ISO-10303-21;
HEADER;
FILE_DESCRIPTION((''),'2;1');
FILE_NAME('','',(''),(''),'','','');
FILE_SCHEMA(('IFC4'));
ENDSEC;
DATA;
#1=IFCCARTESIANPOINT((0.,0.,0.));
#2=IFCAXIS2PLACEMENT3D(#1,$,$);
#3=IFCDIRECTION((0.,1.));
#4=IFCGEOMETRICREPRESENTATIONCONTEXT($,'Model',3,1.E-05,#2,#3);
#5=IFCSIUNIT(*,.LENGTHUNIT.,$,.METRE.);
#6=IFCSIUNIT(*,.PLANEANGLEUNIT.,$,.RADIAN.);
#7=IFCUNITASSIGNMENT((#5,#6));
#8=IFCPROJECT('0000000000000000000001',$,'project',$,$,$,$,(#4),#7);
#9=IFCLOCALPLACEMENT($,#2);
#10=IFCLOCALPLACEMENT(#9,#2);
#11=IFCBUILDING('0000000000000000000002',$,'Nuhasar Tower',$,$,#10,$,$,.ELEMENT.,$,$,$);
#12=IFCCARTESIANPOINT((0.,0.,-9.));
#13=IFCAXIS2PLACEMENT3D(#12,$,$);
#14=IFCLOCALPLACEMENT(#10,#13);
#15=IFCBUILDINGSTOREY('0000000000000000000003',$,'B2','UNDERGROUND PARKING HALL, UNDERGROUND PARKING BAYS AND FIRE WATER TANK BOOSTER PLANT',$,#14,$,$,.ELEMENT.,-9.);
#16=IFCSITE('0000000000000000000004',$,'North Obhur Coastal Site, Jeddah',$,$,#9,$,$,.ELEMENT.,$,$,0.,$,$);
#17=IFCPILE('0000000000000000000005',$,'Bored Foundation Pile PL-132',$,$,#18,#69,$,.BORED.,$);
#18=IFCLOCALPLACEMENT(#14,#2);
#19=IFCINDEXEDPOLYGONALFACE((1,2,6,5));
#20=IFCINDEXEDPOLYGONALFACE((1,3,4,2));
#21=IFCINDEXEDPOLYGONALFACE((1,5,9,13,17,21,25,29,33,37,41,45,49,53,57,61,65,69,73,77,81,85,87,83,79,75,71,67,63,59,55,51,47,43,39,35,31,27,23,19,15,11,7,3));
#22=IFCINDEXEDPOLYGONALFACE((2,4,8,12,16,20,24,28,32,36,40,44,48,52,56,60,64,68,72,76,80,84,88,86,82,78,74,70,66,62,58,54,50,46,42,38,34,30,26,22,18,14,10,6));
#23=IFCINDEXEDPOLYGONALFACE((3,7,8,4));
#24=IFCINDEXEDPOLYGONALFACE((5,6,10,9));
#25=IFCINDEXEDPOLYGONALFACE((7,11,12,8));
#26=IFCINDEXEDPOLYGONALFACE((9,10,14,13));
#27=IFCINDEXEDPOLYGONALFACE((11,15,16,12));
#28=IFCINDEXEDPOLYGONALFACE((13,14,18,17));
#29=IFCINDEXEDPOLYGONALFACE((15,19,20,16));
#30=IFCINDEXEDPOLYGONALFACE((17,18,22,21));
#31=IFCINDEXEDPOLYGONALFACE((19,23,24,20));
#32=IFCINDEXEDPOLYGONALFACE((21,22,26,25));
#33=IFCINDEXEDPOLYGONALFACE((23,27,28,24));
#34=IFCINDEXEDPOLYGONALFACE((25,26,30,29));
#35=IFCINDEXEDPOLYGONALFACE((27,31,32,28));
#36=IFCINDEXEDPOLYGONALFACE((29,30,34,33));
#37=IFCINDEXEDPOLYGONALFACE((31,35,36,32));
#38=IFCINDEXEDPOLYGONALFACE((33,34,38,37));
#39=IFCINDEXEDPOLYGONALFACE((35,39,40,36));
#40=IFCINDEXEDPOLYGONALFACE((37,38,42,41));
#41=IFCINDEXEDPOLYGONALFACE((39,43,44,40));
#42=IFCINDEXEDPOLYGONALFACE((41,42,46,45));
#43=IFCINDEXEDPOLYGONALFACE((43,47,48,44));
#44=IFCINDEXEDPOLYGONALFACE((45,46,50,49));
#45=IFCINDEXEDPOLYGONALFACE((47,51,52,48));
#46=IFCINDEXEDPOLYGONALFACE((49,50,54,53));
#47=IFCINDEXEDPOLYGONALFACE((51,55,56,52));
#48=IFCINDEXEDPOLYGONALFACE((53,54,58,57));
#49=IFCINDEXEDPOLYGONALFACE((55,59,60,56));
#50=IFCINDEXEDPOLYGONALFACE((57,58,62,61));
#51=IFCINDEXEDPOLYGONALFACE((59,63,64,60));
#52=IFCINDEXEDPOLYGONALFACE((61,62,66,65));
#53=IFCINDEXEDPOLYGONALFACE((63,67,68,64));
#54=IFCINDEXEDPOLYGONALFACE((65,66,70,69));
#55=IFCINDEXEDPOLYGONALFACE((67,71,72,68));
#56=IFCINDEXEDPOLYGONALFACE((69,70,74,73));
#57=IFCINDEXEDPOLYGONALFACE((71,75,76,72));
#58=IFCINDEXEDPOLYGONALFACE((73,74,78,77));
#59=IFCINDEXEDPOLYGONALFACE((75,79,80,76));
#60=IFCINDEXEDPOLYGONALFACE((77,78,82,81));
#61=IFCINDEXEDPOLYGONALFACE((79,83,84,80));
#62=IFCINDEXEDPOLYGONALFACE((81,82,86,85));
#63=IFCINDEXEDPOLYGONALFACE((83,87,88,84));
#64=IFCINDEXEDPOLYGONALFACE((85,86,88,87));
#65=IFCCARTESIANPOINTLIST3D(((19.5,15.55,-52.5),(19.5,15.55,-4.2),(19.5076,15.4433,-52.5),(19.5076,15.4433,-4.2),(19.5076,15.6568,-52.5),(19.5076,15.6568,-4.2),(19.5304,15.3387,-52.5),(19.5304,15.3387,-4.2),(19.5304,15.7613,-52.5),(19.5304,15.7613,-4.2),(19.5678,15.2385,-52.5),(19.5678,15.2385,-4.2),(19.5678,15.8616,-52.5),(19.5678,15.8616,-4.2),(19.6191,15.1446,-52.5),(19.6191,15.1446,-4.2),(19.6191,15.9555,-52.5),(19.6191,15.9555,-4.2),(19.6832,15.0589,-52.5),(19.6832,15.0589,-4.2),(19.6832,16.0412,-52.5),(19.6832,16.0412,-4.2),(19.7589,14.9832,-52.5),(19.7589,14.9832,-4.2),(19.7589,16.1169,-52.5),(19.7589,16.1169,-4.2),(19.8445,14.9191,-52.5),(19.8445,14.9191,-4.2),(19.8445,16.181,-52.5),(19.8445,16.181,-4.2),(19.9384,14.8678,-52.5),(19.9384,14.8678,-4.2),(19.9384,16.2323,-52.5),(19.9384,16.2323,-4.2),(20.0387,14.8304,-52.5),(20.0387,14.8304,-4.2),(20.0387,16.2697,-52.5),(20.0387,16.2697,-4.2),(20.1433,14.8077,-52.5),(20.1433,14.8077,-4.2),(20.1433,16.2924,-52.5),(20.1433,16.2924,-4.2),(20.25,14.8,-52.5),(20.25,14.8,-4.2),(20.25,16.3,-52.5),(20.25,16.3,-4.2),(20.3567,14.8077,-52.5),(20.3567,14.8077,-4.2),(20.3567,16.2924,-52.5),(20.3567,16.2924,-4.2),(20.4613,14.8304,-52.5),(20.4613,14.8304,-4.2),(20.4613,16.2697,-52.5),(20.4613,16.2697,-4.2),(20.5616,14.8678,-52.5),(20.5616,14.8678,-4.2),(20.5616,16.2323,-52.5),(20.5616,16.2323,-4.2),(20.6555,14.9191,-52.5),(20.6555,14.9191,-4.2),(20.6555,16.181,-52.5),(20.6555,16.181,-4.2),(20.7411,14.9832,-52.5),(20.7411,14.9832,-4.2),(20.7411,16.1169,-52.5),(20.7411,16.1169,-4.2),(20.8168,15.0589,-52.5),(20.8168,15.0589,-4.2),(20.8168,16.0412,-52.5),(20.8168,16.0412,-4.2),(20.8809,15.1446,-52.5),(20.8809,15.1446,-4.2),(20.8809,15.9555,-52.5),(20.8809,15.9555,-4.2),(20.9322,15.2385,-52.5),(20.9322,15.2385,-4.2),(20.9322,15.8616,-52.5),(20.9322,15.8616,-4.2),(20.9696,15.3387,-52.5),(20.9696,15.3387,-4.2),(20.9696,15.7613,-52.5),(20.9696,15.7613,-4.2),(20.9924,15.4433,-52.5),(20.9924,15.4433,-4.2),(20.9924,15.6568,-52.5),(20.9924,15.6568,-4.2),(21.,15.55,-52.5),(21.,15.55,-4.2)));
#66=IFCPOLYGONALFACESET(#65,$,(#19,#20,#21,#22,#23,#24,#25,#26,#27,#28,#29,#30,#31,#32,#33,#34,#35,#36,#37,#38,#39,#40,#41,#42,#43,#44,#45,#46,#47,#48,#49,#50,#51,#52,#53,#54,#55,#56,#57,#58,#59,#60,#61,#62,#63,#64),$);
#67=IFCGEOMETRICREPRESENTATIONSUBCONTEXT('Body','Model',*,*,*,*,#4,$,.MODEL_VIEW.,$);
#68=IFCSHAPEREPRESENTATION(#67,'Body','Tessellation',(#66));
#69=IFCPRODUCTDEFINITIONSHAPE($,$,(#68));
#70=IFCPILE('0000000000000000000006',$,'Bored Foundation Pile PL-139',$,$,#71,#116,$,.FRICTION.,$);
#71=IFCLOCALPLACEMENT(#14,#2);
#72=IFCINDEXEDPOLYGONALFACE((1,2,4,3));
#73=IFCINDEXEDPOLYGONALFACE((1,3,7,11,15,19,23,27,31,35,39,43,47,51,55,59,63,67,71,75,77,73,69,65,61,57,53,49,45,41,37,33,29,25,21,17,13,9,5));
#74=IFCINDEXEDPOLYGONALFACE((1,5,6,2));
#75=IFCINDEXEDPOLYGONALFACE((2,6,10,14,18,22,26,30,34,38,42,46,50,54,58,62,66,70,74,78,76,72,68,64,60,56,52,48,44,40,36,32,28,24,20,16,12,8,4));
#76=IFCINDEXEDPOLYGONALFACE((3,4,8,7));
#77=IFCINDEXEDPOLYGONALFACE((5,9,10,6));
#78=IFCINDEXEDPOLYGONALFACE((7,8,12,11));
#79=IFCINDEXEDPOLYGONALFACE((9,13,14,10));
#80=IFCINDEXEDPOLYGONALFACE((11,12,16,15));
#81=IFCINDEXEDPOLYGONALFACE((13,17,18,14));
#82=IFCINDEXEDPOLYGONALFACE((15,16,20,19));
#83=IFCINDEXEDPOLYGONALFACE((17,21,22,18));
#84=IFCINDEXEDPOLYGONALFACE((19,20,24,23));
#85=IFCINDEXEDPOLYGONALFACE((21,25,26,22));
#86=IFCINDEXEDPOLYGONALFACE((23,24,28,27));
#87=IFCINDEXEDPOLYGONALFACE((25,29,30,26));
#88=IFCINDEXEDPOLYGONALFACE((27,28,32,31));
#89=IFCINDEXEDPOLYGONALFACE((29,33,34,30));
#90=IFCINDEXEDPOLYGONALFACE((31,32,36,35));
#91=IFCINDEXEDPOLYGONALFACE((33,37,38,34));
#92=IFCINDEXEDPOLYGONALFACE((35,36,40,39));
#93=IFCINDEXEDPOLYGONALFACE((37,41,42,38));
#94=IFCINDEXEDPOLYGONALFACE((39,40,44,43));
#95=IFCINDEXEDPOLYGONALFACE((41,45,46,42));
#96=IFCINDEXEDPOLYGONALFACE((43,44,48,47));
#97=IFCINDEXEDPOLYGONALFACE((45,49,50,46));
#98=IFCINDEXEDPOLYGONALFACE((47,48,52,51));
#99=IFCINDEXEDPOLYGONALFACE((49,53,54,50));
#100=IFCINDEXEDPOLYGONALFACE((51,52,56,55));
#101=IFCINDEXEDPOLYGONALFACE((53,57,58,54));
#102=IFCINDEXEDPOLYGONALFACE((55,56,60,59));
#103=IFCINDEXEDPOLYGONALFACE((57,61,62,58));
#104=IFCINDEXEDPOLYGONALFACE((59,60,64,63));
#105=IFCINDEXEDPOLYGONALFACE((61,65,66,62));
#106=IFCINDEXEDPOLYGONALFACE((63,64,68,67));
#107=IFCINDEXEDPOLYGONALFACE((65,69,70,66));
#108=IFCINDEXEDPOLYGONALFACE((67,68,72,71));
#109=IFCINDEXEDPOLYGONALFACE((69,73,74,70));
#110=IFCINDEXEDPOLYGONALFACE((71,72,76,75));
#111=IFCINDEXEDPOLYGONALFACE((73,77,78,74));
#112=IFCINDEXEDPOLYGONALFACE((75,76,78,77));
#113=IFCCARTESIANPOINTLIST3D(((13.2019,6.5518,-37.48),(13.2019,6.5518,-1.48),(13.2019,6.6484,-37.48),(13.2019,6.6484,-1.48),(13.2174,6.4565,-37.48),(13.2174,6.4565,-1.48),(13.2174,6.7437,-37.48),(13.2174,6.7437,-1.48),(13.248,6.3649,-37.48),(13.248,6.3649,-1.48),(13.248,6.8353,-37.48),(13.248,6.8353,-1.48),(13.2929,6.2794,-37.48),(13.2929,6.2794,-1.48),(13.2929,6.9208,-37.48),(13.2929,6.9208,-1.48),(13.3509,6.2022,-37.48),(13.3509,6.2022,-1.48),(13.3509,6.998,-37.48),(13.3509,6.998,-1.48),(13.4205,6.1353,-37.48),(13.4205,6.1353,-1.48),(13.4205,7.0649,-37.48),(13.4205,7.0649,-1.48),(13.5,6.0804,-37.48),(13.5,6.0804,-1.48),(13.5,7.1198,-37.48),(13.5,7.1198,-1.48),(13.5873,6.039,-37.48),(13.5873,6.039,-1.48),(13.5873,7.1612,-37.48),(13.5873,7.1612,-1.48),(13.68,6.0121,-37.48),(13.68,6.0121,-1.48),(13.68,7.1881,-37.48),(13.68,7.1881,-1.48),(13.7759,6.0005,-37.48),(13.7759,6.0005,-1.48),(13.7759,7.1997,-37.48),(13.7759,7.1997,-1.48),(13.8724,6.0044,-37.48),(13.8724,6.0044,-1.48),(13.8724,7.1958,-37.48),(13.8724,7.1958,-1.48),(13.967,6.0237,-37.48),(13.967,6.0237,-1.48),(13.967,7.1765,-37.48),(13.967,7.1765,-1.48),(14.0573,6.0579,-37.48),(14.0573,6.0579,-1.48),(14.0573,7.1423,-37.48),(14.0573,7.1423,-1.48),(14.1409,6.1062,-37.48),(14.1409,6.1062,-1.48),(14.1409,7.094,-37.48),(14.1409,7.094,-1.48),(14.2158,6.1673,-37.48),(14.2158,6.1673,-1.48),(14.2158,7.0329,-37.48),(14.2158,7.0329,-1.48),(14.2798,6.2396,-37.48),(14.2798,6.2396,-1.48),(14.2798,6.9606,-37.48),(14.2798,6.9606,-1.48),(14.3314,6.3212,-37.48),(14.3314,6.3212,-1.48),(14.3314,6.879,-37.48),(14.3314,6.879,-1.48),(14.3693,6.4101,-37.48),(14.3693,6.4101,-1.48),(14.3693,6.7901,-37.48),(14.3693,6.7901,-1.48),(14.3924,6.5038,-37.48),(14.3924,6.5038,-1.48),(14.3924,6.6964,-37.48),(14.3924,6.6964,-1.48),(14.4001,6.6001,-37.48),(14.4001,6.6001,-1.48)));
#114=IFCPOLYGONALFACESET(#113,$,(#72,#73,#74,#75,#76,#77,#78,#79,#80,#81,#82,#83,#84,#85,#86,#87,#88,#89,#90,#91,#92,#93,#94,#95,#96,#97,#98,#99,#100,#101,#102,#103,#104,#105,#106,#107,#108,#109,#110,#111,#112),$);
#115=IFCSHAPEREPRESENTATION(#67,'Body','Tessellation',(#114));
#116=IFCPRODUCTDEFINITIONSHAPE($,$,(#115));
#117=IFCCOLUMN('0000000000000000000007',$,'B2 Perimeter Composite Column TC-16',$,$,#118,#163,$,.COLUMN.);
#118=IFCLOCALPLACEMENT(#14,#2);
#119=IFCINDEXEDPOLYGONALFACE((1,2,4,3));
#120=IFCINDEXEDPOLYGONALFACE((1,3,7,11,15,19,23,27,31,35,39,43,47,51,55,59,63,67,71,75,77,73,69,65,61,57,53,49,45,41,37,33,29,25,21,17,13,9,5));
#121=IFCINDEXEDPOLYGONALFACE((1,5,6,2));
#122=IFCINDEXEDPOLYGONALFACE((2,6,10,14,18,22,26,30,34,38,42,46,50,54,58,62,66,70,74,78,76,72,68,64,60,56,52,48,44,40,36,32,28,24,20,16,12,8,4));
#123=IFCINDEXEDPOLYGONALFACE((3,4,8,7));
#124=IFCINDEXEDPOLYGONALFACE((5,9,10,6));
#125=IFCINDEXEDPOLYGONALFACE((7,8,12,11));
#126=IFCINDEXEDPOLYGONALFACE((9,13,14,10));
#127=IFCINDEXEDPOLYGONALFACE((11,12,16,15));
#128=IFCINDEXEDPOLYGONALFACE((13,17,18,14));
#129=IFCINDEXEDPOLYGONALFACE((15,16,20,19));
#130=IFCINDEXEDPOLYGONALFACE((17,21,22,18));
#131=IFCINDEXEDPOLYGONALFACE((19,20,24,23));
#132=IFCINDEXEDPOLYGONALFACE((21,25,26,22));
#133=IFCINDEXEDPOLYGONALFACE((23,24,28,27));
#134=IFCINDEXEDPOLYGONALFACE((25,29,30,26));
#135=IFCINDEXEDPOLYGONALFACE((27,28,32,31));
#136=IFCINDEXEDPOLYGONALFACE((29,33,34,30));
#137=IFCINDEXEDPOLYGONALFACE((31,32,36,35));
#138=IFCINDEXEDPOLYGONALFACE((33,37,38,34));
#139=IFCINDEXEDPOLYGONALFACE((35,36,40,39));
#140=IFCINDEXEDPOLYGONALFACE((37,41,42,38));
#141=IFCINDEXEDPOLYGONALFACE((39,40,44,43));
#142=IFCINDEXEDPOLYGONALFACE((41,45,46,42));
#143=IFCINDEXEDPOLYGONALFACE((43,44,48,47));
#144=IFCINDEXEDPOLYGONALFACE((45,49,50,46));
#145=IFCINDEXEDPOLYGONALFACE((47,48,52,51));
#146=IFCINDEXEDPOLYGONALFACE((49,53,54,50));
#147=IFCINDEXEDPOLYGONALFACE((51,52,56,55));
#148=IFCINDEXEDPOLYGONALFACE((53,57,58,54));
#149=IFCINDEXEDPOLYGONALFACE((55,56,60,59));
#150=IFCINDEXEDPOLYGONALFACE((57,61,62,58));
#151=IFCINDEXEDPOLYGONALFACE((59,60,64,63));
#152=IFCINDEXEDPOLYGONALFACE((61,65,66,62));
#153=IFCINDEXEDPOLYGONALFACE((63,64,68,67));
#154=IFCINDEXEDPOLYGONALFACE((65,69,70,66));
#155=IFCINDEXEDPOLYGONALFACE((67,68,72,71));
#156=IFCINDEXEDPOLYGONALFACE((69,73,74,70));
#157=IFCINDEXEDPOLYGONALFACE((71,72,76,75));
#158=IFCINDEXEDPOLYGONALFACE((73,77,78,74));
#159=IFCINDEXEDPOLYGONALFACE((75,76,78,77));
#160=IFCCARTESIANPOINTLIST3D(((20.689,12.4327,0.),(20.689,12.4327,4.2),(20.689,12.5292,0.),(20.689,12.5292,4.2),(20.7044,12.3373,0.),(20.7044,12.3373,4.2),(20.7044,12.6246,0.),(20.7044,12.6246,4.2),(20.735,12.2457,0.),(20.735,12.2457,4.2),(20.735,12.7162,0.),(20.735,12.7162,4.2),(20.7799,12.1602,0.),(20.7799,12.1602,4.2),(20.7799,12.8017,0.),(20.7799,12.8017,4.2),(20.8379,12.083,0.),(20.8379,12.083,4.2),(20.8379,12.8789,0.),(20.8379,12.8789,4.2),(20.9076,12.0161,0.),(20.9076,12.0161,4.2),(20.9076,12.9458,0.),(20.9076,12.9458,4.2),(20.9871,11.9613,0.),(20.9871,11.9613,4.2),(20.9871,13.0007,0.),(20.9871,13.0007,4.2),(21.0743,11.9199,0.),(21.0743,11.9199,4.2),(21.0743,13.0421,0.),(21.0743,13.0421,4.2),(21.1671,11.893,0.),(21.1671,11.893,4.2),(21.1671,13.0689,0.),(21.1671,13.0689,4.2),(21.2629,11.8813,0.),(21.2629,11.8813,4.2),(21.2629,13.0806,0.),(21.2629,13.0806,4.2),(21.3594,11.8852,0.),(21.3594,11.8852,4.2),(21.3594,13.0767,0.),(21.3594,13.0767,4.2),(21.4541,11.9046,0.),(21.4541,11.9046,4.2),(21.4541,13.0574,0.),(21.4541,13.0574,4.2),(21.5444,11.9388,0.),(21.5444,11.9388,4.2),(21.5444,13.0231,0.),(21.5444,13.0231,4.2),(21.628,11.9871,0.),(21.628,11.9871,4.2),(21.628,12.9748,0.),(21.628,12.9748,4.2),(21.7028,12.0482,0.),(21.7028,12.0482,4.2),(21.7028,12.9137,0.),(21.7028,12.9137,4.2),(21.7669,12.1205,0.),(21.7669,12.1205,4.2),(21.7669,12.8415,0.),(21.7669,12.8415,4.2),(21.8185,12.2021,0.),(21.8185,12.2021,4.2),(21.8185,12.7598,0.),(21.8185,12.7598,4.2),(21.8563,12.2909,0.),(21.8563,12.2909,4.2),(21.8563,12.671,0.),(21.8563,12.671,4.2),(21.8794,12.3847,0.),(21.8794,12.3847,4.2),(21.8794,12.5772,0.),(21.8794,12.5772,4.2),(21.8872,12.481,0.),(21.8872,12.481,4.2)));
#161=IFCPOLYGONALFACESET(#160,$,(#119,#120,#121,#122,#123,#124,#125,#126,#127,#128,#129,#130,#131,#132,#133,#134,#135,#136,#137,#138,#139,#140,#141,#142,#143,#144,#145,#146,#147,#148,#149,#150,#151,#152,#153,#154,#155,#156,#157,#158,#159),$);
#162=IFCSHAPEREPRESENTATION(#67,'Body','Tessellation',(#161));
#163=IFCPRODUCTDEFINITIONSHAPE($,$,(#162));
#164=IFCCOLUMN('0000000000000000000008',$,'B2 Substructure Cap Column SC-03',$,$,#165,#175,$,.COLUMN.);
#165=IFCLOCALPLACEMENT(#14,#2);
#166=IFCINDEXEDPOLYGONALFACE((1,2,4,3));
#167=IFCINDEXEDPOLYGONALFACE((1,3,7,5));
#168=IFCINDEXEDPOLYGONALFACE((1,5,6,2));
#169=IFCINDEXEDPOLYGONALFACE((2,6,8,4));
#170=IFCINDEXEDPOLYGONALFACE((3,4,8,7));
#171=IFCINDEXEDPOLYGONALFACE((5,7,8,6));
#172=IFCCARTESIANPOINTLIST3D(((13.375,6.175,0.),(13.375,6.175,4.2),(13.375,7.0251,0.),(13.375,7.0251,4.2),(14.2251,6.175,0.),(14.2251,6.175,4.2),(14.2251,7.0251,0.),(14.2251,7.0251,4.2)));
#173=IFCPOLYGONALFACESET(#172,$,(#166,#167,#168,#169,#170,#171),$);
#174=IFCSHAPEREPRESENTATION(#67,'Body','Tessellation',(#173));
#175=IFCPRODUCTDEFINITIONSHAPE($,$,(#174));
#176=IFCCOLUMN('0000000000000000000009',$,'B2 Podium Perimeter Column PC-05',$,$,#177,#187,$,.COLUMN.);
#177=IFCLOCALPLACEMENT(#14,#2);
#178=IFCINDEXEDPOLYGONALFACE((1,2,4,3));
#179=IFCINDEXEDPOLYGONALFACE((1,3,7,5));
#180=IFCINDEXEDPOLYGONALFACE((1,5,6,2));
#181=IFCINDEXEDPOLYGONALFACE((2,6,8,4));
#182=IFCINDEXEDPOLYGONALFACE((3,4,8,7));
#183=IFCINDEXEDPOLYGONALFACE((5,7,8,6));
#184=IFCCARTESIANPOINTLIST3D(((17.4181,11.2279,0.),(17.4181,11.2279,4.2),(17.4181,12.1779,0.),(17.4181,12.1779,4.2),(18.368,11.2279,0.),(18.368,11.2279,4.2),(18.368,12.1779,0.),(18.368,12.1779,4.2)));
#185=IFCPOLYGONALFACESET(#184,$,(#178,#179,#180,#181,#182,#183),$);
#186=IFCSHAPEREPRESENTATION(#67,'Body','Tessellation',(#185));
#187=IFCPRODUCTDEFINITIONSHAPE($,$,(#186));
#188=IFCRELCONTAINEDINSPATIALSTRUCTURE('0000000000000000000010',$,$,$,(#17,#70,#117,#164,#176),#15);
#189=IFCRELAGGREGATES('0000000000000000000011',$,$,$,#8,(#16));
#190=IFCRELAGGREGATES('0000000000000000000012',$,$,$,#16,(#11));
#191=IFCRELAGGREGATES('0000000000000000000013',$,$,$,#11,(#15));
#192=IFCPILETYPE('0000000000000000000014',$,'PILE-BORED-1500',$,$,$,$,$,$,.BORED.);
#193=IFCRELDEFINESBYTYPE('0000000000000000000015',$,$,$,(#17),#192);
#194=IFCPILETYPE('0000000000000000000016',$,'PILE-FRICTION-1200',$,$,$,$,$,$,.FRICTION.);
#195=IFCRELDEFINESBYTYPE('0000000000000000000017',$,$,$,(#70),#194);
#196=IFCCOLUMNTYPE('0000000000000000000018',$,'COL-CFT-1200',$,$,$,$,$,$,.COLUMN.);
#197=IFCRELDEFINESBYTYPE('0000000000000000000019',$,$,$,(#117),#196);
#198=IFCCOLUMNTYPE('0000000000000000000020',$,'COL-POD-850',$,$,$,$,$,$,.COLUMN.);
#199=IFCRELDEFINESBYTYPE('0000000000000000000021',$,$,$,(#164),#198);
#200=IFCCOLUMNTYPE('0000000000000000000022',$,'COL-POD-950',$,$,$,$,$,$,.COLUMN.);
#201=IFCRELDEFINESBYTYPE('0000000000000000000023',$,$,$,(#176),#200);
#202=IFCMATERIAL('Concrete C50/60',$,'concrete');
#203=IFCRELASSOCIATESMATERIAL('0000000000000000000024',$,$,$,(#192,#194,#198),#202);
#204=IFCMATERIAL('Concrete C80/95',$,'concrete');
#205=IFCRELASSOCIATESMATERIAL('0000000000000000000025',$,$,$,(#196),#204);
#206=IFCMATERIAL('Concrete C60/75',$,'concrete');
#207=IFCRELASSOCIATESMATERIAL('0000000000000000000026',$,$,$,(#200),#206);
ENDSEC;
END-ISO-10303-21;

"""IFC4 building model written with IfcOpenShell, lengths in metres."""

from ifc_helpers import new_model, si_unit, direction, frame, origin, origin_2d, place, context, subcontext, project, spatial, rectangle, circle, extrude, material, material_profile, profile_set, type_object, element, save


model = new_model("IFC4")

# Units and contexts
model_context = context("Model", 3, precision=1e-05, world=origin(), true_north=direction((0.0, 1.0)))
body_context = subcontext(model_context, "Body", "Model", "MODEL_VIEW")
ifc_project = project(units=[si_unit("LENGTHUNIT", "METRE"), si_unit("PLANEANGLEUNIT", "RADIAN")], contexts=[model_context])

# Site, building, storey
site_placement = place(None, origin())
site = spatial("IfcSite", under=ifc_project, at=site_placement, Name="North Obhur Coastal Site, Jeddah", CompositionType="ELEMENT", RefElevation=0.0)
building_placement = place(site_placement, origin())
building = spatial("IfcBuilding", under=site, at=building_placement, Name="Nuhasar Tower", CompositionType="ELEMENT")
storey_placement = place(building_placement, frame((0.0, 0.0, -9.0)))
storey = spatial("IfcBuildingStorey", under=building, at=storey_placement, Name="B2", Description="UNDERGROUND PARKING HALL, UNDERGROUND PARKING BAYS AND FIRE WATER TANK BOOSTER PLANT", CompositionType="ELEMENT", Elevation=-9.0)

# Shared definitions
ifc_material_1 = material(Name="Concrete C50/60", Category="concrete")

# Piles
ifc_material_profile_1 = material_profile(ifc_material_1, circle(Radius=0.75, at=origin_2d()), Name="PILE1500")
ifc_profile_set_1 = profile_set([ifc_material_profile_1], Name="Concrete C50/60")
pile_type_1 = type_object("IfcPileType", Name="PILE-BORED-1500", PredefinedType="BORED", material=ifc_profile_set_1)
for number, where, z_axis, x_axis, name in (
    (1, (20.25, 15.55, -4.2), (0.0, 0.0, -1.0), (1.0, 0.0, 0.0), "Bored Foundation Pile PL-132"),
):
    element("IfcPile", number, at=place(storey_placement, frame(where, z_axis=z_axis, x_axis=x_axis)), inside=storey, type_object=pile_type_1, Name=name, PredefinedType="BORED", context=body_context, shape_type="SweptSolid", body=[
        extrude(circle(Radius=0.75, at=origin_2d()), origin(), (0.0, 0.0, 1.0), 48.3),
    ])
ifc_material_profile_2 = material_profile(ifc_material_1, circle(Radius=0.6001, at=origin_2d()), Name="PILE1200")
ifc_profile_set_2 = profile_set([ifc_material_profile_2], Name="Concrete C50/60")
pile_type_2 = type_object("IfcPileType", Name="PILE-FRICTION-1200", PredefinedType="FRICTION", material=ifc_profile_set_2)
pile_placement = place(storey_placement, frame((13.8, 6.6001, -1.48), z_axis=(0.0, 0.0, -1.0), x_axis=(1.0, 0.0, 0.0)))
element("IfcPile", 2, at=pile_placement, inside=storey, type_object=pile_type_2, Name="Bored Foundation Pile PL-139", PredefinedType="FRICTION", context=body_context, shape_type="SweptSolid", body=[
    extrude(circle(Radius=0.6001, at=origin_2d()), origin(), (0.0, 0.0, 1.0), 36.0),
])

# Columns
ifc_material_2 = material(Name="Concrete C80/95", Category="concrete")
ifc_material_profile_3 = material_profile(ifc_material_2, circle(Radius=0.6001, at=origin_2d()), Name="CFT1200")
ifc_profile_set_3 = profile_set([ifc_material_profile_3], Name="Concrete C80/95")
column_type_1 = type_object("IfcColumnType", Name="COL-CFT-1200", PredefinedType="COLUMN", material=ifc_profile_set_3)
column_1_placement = place(storey_placement, frame((21.2871, 12.481, 0.0), z_axis=(0.0, 0.0, 1.0), x_axis=(1.0, 0.0, 0.0)))
element("IfcColumn", 3, at=column_1_placement, inside=storey, type_object=column_type_1, Name="B2 Perimeter Composite Column TC-16", PredefinedType="COLUMN", context=body_context, shape_type="SweptSolid", body=[
    extrude(circle(Radius=0.6001, at=origin_2d()), origin(), (0.0, 0.0, 1.0), 4.2),
])
ifc_material_profile_4 = material_profile(ifc_material_1, rectangle(XDim=0.8501, YDim=0.8501, at=origin_2d()), Name="RC850X850")
ifc_profile_set_4 = profile_set([ifc_material_profile_4], Name="Concrete C50/60")
column_type_2 = type_object("IfcColumnType", Name="COL-POD-850", PredefinedType="COLUMN", material=ifc_profile_set_4)
column_2_placement = place(storey_placement, frame((13.8, 6.6001, 0.0), z_axis=(0.0, 0.0, 1.0), x_axis=(1.0, 0.0, 0.0)))
element("IfcColumn", 4, at=column_2_placement, inside=storey, type_object=column_type_2, Name="B2 Substructure Cap Column SC-03", PredefinedType="COLUMN", context=body_context, shape_type="SweptSolid", body=[
    extrude(rectangle(XDim=0.8501, YDim=0.8501, at=origin_2d()), origin(), (0.0, 0.0, 1.0), 4.2),
])
ifc_material_3 = material(Name="Concrete C60/75", Category="concrete")
ifc_material_profile_5 = material_profile(ifc_material_3, rectangle(XDim=0.95, YDim=0.95, at=origin_2d()), Name="RC950X950")
ifc_profile_set_5 = profile_set([ifc_material_profile_5], Name="Concrete C60/75")
column_type_3 = type_object("IfcColumnType", Name="COL-POD-950", PredefinedType="COLUMN", material=ifc_profile_set_5)
column_3_placement = place(storey_placement, frame((17.8931, 11.7029, 0.0), z_axis=(0.0, 0.0, 1.0), x_axis=(1.0, 0.0, 0.0)))
element("IfcColumn", 5, at=column_3_placement, inside=storey, type_object=column_type_3, Name="B2 Podium Perimeter Column PC-05", PredefinedType="COLUMN", context=body_context, shape_type="SweptSolid", body=[
    extrude(rectangle(XDim=0.95, YDim=0.95, at=origin_2d()), origin(), (0.0, 0.0, 1.0), 4.2),
])

save(model, "model.ifc")
